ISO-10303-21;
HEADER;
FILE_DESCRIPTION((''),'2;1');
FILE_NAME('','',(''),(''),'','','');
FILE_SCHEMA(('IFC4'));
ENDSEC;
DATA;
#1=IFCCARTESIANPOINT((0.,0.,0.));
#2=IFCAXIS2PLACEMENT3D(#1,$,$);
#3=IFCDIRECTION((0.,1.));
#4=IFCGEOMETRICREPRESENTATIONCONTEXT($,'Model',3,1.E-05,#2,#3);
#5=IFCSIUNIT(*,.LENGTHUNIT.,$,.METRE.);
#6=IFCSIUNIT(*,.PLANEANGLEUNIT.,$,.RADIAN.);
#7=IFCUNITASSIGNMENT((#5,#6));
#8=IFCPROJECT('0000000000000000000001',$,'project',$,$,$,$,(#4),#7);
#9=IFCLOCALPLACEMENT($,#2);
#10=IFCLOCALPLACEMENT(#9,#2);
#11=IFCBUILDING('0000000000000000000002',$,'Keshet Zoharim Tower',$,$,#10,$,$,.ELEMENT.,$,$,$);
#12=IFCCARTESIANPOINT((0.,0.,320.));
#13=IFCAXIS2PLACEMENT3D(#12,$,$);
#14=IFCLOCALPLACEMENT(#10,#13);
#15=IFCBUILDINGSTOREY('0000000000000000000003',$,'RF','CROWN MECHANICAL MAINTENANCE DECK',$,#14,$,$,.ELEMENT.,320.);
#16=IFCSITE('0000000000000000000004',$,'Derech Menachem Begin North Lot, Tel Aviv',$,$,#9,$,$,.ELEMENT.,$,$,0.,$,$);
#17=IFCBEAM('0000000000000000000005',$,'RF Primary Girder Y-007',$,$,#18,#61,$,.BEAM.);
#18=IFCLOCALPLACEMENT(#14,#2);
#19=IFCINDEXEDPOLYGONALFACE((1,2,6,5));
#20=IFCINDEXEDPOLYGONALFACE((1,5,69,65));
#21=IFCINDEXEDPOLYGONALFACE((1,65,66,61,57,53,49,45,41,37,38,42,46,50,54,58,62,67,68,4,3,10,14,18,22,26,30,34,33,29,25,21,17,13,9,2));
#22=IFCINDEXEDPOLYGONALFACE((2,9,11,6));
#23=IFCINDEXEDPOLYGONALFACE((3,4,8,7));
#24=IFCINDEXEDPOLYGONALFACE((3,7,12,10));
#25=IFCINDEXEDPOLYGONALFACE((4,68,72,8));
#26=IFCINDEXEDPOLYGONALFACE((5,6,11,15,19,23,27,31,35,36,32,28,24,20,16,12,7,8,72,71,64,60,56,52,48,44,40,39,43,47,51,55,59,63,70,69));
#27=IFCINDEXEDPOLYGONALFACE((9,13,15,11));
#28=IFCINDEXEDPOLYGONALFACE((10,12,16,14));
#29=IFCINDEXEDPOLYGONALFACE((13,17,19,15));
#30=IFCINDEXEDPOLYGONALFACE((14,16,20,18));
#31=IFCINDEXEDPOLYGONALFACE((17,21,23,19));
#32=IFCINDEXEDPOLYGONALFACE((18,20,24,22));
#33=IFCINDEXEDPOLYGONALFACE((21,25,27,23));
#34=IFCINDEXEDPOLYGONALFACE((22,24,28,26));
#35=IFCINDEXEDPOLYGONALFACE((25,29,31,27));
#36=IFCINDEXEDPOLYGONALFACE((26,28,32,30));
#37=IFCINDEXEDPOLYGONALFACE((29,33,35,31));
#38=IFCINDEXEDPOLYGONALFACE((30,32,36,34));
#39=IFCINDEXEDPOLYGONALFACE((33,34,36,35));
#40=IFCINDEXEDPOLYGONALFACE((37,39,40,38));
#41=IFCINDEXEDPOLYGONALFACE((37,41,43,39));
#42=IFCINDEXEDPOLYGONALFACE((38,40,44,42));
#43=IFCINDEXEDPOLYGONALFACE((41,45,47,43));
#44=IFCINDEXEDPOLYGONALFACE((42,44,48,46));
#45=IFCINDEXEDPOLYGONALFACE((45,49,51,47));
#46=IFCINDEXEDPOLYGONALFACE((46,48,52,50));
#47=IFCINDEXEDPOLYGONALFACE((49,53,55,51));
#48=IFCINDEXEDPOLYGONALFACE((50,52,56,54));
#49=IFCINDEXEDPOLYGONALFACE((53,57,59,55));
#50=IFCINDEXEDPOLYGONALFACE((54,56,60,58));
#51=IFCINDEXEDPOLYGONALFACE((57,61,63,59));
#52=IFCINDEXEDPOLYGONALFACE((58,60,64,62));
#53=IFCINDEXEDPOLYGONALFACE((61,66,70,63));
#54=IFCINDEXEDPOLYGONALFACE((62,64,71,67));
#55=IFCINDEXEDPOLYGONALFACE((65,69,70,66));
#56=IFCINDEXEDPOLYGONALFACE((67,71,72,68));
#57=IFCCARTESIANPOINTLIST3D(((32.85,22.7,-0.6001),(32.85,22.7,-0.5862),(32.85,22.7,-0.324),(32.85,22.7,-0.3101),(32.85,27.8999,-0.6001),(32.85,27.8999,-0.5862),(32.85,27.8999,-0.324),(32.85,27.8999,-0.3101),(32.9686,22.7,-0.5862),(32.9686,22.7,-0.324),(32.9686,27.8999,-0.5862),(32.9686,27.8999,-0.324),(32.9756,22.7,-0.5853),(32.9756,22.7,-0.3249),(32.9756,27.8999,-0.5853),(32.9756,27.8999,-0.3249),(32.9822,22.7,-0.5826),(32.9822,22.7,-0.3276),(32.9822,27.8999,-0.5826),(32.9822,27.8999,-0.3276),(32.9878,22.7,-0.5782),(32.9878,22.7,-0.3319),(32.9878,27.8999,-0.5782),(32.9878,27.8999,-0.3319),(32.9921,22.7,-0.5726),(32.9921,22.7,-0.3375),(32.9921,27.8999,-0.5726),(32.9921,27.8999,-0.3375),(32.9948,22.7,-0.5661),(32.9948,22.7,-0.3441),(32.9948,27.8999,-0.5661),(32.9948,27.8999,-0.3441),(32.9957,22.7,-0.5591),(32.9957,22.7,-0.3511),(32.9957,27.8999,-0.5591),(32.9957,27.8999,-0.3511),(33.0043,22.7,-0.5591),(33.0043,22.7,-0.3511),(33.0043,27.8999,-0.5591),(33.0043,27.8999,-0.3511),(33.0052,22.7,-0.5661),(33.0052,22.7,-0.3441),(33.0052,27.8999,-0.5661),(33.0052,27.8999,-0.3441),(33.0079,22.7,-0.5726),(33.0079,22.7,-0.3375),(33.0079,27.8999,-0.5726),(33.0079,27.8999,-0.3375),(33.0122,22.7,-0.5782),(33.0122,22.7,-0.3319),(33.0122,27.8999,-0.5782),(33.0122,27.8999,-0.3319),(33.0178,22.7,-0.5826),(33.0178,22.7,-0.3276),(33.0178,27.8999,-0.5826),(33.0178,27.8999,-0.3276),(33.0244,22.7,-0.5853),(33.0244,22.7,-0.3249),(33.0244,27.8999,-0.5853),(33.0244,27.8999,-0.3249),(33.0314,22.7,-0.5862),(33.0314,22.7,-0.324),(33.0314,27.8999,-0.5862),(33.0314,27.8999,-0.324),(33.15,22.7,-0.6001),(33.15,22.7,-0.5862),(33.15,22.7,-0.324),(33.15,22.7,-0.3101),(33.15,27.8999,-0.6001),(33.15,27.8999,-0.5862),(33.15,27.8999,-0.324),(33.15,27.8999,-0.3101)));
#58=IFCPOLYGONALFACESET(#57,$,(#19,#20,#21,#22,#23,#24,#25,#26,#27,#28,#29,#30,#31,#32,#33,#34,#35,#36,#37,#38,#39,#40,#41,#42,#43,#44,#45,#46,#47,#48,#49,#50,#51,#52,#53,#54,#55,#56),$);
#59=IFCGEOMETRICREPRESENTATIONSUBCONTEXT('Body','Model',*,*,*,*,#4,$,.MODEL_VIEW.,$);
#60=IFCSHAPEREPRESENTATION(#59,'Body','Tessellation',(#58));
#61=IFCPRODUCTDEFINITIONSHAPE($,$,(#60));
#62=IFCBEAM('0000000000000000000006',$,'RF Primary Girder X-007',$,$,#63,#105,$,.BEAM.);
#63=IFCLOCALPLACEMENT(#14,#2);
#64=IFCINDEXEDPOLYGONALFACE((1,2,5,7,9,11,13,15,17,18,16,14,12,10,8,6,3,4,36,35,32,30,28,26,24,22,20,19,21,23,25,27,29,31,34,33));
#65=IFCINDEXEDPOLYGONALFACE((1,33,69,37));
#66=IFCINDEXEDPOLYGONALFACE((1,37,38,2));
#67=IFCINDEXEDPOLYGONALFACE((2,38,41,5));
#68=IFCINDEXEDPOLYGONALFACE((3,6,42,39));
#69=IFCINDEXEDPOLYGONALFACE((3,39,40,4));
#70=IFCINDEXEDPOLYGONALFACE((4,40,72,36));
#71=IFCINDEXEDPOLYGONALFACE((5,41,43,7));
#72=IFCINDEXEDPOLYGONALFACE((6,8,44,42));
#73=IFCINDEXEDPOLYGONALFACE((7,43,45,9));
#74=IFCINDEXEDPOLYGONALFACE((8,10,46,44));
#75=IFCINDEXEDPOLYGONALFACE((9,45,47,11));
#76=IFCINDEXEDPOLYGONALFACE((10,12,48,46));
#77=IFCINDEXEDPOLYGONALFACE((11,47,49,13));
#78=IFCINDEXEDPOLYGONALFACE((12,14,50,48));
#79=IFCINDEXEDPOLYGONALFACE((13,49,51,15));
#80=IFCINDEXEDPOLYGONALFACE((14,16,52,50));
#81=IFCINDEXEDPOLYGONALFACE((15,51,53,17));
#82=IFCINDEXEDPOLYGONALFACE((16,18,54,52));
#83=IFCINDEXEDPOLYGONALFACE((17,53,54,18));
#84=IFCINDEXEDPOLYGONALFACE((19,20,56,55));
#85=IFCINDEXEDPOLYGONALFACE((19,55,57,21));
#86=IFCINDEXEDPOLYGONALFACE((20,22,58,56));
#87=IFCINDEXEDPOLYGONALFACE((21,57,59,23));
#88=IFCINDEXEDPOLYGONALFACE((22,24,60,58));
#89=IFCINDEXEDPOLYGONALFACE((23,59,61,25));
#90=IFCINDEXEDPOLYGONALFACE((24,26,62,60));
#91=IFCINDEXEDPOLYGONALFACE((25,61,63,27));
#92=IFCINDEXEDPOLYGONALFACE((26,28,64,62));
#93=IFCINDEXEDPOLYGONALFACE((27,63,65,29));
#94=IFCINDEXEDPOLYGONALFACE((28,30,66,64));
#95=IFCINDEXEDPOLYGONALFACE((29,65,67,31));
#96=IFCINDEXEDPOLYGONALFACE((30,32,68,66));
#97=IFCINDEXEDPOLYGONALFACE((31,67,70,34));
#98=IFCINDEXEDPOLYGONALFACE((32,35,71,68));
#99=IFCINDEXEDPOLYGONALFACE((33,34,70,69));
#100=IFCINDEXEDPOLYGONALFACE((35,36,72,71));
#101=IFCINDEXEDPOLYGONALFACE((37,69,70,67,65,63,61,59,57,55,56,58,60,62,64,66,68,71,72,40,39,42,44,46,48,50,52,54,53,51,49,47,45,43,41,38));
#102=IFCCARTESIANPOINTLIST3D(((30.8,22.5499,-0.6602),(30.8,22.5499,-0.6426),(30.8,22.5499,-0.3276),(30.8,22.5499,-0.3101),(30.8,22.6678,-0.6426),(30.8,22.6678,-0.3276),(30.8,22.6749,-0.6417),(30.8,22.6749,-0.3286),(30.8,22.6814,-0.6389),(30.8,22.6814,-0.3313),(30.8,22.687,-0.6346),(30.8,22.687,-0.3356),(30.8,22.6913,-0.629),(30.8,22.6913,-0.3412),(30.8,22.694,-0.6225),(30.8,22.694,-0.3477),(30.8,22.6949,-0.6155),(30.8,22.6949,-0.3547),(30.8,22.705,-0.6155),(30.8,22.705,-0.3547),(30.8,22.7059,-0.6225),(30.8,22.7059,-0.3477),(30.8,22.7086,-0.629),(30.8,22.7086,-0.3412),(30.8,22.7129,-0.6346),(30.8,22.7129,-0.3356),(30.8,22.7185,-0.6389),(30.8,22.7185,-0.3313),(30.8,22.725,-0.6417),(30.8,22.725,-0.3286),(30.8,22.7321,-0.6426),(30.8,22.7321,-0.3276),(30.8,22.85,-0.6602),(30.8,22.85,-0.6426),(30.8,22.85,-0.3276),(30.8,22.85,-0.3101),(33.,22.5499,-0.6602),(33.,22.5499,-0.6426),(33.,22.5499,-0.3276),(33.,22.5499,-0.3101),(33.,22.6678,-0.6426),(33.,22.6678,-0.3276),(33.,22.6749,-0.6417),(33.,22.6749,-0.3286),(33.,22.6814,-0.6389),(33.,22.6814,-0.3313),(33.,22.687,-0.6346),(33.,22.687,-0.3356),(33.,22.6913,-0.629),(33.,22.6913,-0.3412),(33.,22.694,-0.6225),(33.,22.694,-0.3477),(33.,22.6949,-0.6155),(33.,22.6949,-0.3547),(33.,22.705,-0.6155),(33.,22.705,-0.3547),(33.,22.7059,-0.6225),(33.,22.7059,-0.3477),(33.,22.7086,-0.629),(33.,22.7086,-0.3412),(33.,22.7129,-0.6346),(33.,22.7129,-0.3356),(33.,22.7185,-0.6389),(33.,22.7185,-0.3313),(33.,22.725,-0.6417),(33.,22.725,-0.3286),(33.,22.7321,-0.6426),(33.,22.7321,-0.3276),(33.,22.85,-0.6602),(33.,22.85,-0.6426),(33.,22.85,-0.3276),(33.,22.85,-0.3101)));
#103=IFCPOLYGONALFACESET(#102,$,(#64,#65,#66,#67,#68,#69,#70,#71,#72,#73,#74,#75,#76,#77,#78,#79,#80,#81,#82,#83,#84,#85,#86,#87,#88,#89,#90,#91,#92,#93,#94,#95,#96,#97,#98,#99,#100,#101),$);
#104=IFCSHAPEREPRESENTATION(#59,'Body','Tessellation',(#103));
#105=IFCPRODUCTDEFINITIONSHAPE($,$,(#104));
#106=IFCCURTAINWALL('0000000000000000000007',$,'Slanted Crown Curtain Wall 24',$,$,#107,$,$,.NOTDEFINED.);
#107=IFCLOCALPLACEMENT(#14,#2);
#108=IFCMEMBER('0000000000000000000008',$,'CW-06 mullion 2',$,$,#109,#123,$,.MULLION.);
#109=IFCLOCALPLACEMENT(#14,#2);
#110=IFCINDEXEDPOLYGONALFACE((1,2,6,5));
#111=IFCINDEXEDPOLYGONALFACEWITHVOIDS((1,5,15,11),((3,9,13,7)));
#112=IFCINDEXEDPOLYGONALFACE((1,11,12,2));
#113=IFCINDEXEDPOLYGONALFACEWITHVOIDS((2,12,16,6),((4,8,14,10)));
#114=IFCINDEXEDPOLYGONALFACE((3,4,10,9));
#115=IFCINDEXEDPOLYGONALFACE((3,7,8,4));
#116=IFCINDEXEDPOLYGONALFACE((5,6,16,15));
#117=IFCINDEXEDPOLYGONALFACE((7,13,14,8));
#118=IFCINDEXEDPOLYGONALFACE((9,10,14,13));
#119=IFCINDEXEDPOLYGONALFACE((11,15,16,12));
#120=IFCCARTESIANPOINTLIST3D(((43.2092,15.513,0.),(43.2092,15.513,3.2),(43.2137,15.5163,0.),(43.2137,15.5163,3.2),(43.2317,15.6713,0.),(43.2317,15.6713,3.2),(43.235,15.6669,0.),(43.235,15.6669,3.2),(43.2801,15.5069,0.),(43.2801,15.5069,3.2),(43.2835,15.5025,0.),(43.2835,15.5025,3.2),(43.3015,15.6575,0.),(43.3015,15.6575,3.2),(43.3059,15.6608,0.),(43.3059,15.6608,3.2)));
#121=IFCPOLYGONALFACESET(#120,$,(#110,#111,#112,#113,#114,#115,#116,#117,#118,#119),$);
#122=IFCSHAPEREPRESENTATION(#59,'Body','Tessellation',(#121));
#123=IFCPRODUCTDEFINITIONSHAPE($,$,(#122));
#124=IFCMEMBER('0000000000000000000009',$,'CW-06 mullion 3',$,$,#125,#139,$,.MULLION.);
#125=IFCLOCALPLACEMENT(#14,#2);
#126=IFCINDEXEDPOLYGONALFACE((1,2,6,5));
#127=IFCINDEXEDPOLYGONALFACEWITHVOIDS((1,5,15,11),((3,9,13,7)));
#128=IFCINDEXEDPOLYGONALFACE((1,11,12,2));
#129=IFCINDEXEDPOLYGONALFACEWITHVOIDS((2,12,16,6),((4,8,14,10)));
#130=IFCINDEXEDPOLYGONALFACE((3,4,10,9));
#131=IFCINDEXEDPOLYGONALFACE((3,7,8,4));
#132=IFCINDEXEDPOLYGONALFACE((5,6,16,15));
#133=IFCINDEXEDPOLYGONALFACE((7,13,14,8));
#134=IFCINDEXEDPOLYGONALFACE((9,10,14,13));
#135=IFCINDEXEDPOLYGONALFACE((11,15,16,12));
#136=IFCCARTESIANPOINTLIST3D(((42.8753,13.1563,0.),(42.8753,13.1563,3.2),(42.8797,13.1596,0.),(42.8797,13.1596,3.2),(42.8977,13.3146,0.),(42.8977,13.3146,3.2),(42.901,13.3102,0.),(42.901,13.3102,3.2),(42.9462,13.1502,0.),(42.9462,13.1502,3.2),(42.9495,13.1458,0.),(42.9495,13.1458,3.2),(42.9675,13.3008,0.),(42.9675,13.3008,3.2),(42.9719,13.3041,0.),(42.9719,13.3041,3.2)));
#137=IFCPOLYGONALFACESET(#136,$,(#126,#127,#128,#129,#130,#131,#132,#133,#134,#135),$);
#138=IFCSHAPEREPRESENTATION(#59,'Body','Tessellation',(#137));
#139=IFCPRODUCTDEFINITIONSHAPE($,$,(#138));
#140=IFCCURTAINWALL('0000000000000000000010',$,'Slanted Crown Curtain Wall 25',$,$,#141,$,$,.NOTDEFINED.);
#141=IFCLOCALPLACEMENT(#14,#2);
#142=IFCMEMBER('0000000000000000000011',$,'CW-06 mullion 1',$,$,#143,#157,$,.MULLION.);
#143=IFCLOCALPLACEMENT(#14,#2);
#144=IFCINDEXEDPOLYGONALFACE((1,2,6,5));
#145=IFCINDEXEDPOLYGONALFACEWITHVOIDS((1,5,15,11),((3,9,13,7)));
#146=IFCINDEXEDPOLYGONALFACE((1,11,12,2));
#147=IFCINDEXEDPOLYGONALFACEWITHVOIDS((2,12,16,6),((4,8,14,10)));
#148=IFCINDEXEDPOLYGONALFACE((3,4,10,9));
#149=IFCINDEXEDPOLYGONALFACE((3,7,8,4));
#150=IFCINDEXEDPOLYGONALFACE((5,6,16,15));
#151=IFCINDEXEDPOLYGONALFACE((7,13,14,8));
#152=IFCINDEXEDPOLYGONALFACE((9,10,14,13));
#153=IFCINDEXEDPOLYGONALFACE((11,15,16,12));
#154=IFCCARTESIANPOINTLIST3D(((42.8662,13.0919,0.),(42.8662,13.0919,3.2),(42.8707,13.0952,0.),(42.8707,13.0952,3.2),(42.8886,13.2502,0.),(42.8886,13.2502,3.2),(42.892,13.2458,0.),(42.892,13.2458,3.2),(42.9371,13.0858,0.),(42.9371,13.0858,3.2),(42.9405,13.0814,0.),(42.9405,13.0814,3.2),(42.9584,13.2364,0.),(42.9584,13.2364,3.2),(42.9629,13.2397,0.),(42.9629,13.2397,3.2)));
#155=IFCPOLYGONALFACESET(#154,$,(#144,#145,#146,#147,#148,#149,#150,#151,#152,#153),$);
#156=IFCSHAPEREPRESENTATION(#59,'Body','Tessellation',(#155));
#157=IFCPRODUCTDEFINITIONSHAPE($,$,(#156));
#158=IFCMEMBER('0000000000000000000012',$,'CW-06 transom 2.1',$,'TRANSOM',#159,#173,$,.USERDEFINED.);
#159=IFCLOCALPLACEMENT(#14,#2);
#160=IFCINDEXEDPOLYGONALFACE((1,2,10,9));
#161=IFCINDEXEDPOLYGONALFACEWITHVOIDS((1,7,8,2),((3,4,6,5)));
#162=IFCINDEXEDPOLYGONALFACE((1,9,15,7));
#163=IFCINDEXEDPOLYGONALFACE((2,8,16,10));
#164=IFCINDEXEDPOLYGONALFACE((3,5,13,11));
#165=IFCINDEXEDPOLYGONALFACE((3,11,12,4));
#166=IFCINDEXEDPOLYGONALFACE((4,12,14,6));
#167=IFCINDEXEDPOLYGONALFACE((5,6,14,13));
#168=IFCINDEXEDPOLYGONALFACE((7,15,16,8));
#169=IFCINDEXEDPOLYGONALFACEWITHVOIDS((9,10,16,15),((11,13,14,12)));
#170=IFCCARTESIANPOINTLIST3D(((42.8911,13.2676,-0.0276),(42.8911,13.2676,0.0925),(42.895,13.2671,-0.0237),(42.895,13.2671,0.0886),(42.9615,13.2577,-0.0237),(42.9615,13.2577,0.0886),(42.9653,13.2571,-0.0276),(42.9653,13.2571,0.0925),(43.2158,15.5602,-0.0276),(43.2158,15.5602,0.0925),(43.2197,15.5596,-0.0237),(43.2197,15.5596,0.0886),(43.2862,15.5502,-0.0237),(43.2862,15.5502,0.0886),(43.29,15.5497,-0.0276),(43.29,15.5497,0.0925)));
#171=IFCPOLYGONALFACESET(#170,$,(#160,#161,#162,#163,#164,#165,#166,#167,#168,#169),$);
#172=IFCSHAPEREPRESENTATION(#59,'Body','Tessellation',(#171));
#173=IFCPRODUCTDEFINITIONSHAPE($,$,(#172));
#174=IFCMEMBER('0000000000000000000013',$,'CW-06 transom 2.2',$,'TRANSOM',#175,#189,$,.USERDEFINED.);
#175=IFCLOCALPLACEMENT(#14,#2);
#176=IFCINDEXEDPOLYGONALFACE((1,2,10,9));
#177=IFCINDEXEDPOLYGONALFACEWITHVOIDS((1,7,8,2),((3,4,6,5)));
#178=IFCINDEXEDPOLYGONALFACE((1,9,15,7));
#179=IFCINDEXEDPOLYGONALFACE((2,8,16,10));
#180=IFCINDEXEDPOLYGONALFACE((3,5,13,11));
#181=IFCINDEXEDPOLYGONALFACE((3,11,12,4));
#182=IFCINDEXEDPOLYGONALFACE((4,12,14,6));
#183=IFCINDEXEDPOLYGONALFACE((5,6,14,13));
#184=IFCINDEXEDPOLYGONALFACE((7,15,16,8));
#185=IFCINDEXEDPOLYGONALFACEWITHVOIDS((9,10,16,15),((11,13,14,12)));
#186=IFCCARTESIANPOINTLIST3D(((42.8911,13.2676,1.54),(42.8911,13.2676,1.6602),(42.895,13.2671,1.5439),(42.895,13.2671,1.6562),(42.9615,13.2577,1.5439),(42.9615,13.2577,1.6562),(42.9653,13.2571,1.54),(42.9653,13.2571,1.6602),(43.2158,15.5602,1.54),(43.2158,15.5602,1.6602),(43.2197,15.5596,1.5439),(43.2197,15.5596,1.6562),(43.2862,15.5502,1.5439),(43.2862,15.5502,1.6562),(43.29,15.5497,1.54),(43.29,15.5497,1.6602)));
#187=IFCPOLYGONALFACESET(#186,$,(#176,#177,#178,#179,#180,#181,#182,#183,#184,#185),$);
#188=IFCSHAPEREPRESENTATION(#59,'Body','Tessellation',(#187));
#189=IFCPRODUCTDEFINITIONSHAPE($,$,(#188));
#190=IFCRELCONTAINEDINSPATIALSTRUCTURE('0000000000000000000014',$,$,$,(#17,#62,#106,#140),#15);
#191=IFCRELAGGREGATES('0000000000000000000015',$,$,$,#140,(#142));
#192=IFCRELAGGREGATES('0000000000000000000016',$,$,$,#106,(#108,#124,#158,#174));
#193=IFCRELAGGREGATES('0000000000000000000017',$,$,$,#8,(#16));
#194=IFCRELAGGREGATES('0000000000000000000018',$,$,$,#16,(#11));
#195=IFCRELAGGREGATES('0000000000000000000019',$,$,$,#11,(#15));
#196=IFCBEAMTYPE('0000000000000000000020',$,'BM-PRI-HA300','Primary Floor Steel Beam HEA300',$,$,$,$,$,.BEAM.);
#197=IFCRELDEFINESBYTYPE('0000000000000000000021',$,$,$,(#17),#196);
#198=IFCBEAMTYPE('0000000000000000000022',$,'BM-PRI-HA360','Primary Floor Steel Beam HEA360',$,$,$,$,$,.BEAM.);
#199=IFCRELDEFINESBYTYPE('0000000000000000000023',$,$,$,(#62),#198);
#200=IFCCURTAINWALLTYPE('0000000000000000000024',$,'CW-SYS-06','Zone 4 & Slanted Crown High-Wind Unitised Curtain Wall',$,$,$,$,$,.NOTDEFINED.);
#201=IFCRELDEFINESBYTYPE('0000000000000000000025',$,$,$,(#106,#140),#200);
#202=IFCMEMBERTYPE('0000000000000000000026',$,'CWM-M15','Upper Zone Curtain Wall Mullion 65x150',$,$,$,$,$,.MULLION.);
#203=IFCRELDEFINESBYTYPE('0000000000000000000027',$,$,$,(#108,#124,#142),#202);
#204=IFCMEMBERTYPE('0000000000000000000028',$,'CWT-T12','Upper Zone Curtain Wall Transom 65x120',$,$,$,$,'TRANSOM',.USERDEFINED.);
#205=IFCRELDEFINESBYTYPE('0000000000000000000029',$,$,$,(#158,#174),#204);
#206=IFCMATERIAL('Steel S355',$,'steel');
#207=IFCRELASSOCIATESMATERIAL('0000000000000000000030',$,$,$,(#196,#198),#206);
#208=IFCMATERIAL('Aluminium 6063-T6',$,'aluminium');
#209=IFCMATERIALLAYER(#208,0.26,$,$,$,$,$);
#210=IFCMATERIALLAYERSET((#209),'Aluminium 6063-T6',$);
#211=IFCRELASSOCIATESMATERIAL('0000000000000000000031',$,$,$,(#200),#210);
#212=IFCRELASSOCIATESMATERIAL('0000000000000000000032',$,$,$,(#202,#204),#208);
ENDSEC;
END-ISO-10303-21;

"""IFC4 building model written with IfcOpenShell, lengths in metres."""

from ifc_helpers import new_model, si_unit, direction, frame, origin, origin_2d, place, context, subcontext, project, spatial, hollow_rectangle, i_section, extrude, material, layer, layer_set, material_profile, profile_set, type_object, element, aggregate, save


model = new_model("IFC4")

# Units and contexts
model_context = context("Model", 3, precision=1e-05, world=origin(), true_north=direction((0.0, 1.0)))
body_context = subcontext(model_context, "Body", "Model", "MODEL_VIEW")
ifc_project = project(units=[si_unit("LENGTHUNIT", "METRE"), si_unit("PLANEANGLEUNIT", "RADIAN")], contexts=[model_context])

# Site, building, storey
site_placement = place(None, origin())
site = spatial("IfcSite", under=ifc_project, at=site_placement, Name="Derech Menachem Begin North Lot, Tel Aviv", CompositionType="ELEMENT", RefElevation=0.0)
building_placement = place(site_placement, origin())
building = spatial("IfcBuilding", under=site, at=building_placement, Name="Keshet Zoharim Tower", CompositionType="ELEMENT")
storey_placement = place(building_placement, frame((0.0, 0.0, 320.0)))
storey = spatial("IfcBuildingStorey", under=building, at=storey_placement, Name="RF", Description="CROWN MECHANICAL MAINTENANCE DECK", CompositionType="ELEMENT", Elevation=320.0)

# Shared definitions
ifc_material_1 = material(Name="Steel S355", Category="steel")

# Beams
ifc_material_profile_1 = material_profile(ifc_material_1, i_section(OverallWidth=0.3, OverallDepth=0.29, WebThickness=0.0085, FlangeThickness=0.0139, FilletRadius=0.0271, at=origin_2d()), Name="HEA300")
ifc_profile_set_1 = profile_set([ifc_material_profile_1], Name="Steel S355")
beam_type_1 = type_object("IfcBeamType", Name="BM-PRI-HA300", Description="Primary Floor Steel Beam HEA300", PredefinedType="BEAM", material=ifc_profile_set_1)
beam_1_placement = place(storey_placement, frame((33.0, 22.7, -0.4551), z_axis=(0.0, 1.0, 0.0), x_axis=(-1.0, 0.0, 0.0)))
element("IfcBeam", 1, at=beam_1_placement, inside=storey, type_object=beam_type_1, Name="RF Primary Girder Y-007", PredefinedType="BEAM", context=body_context, shape_type="SweptSolid", body=[
    extrude(i_section(OverallWidth=0.3, OverallDepth=0.29, WebThickness=0.0085, FlangeThickness=0.0139, FilletRadius=0.0271, at=origin_2d()), origin(), (0.0, 0.0, 1.0), 5.2),
])
ifc_material_profile_2 = material_profile(ifc_material_1, i_section(OverallWidth=0.3, OverallDepth=0.3501, WebThickness=0.01, FlangeThickness=0.0176, FilletRadius=0.0271, at=origin_2d()), Name="HEA360")
ifc_profile_set_2 = profile_set([ifc_material_profile_2], Name="Steel S355")
beam_type_2 = type_object("IfcBeamType", Name="BM-PRI-HA360", Description="Primary Floor Steel Beam HEA360", PredefinedType="BEAM", material=ifc_profile_set_2)
beam_2_placement = place(storey_placement, frame((30.8, 22.7, -0.4851), z_axis=(1.0, 0.0, 0.0), x_axis=(0.0, 1.0, 0.0)))
element("IfcBeam", 2, at=beam_2_placement, inside=storey, type_object=beam_type_2, Name="RF Primary Girder X-007", PredefinedType="BEAM", context=body_context, shape_type="SweptSolid", body=[
    extrude(i_section(OverallWidth=0.3, OverallDepth=0.3501, WebThickness=0.01, FlangeThickness=0.0176, FilletRadius=0.0271, at=origin_2d()), origin(), (0.0, 0.0, 1.0), 2.2),
])

# Curtain wall, members
ifc_material_2 = material(Name="Aluminium 6063-T6", Category="aluminium")
ifc_layer_1 = layer(ifc_material_2, 0.26)
ifc_layer_set_1 = layer_set([ifc_layer_1], Name="Aluminium 6063-T6")
curtain_wall_type = type_object("IfcCurtainWallType", Name="CW-SYS-06", Description="Zone 4 & Slanted Crown High-Wind Unitised Curtain Wall", PredefinedType="NOTDEFINED", material=ifc_layer_set_1)
curtain_wall_1_placement = place(storey_placement, origin())
curtain_wall_1 = element("IfcCurtainWall", 3, at=curtain_wall_1_placement, inside=storey, type_object=curtain_wall_type, Name="Slanted Crown Curtain Wall 24", PredefinedType="NOTDEFINED")
ifc_material_profile_3 = material_profile(ifc_material_2, hollow_rectangle(XDim=0.075, YDim=0.1599, WallThickness=0.0039, at=origin_2d()), Name="MUL-75x160")
ifc_profile_set_3 = profile_set([ifc_material_profile_3], Name="Aluminium 6063-T6")
member_type_1 = type_object("IfcMemberType", Name="CWM-M15", Description="Upper Zone Curtain Wall Mullion 65x150", PredefinedType="MULLION", material=ifc_profile_set_3)
member_1_placement = place(storey_placement, frame((43.2576, 15.5869, 0.0), z_axis=(0.0, 0.0, 1.0), x_axis=(0.99011, -0.14029, 0.0)))
member_1 = element("IfcMember", 4, at=member_1_placement, type_object=member_type_1, Name="CW-06 mullion 2", PredefinedType="MULLION", context=body_context, shape_type="SweptSolid", body=[
    extrude(hollow_rectangle(XDim=0.075, YDim=0.1599, WallThickness=0.0039, at=origin_2d()), origin(), (0.0, 0.0, 1.0), 3.2),
])
member_2_placement = place(storey_placement, frame((42.9236, 13.2302, 0.0), z_axis=(0.0, 0.0, 1.0), x_axis=(0.99011, -0.14029, 0.0)))
member_2 = element("IfcMember", 5, at=member_2_placement, type_object=member_type_1, Name="CW-06 mullion 3", PredefinedType="MULLION", context=body_context, shape_type="SweptSolid", body=[
    extrude(hollow_rectangle(XDim=0.075, YDim=0.1599, WallThickness=0.0039, at=origin_2d()), origin(), (0.0, 0.0, 1.0), 3.2),
])

# Curtain wall, member
curtain_wall_2_placement = place(storey_placement, origin())
curtain_wall_2 = element("IfcCurtainWall", 6, at=curtain_wall_2_placement, inside=storey, type_object=curtain_wall_type, Name="Slanted Crown Curtain Wall 25", PredefinedType="NOTDEFINED")
member_3_placement = place(storey_placement, frame((42.9146, 13.1658, 0.0), z_axis=(0.0, 0.0, 1.0), x_axis=(0.990139, -0.140087, 0.0)))
member_3 = element("IfcMember", 7, at=member_3_placement, type_object=member_type_1, Name="CW-06 mullion 1", PredefinedType="MULLION", context=body_context, shape_type="SweptSolid", body=[
    extrude(hollow_rectangle(XDim=0.075, YDim=0.1599, WallThickness=0.0039, at=origin_2d()), origin(), (0.0, 0.0, 1.0), 3.2),
])

# Members
ifc_material_profile_4 = material_profile(ifc_material_2, hollow_rectangle(XDim=0.075, YDim=0.1201, WallThickness=0.0039, at=origin_2d()), Name="TRN-75x120")
ifc_profile_set_4 = profile_set([ifc_material_profile_4], Name="Aluminium 6063-T6")
member_type_2 = type_object("IfcMemberType", Name="CWT-T12", Description="Upper Zone Curtain Wall Transom 65x120", ElementType="TRANSOM", PredefinedType="USERDEFINED", material=ifc_profile_set_4)
member_4_placement = place(storey_placement, frame((43.2529, 15.5549, 0.0325), z_axis=(-0.14024, -0.990117, 0.0), x_axis=(0.990117, -0.14024, 0.0)))
member_4 = element("IfcMember", 8, at=member_4_placement, type_object=member_type_2, Name="CW-06 transom 2.1", ObjectType="TRANSOM", PredefinedType="USERDEFINED", context=body_context, shape_type="SweptSolid", body=[
    extrude(hollow_rectangle(XDim=0.075, YDim=0.1201, WallThickness=0.0039, at=origin_2d()), origin(), (0.0, 0.0, 1.0), 2.3154),
])
member_5_placement = place(storey_placement, frame((43.2529, 15.5549, 1.6001), z_axis=(-0.14024, -0.990117, 0.0), x_axis=(0.990117, -0.14024, 0.0)))
member_5 = element("IfcMember", 9, at=member_5_placement, type_object=member_type_2, Name="CW-06 transom 2.2", ObjectType="TRANSOM", PredefinedType="USERDEFINED", context=body_context, shape_type="SweptSolid", body=[
    extrude(hollow_rectangle(XDim=0.075, YDim=0.1201, WallThickness=0.0039, at=origin_2d()), origin(), (0.0, 0.0, 1.0), 2.3154),
])
aggregate(curtain_wall_2, [member_3])

aggregate(curtain_wall_1, [member_1, member_2, member_4, member_5])

save(model, "model.ifc")
